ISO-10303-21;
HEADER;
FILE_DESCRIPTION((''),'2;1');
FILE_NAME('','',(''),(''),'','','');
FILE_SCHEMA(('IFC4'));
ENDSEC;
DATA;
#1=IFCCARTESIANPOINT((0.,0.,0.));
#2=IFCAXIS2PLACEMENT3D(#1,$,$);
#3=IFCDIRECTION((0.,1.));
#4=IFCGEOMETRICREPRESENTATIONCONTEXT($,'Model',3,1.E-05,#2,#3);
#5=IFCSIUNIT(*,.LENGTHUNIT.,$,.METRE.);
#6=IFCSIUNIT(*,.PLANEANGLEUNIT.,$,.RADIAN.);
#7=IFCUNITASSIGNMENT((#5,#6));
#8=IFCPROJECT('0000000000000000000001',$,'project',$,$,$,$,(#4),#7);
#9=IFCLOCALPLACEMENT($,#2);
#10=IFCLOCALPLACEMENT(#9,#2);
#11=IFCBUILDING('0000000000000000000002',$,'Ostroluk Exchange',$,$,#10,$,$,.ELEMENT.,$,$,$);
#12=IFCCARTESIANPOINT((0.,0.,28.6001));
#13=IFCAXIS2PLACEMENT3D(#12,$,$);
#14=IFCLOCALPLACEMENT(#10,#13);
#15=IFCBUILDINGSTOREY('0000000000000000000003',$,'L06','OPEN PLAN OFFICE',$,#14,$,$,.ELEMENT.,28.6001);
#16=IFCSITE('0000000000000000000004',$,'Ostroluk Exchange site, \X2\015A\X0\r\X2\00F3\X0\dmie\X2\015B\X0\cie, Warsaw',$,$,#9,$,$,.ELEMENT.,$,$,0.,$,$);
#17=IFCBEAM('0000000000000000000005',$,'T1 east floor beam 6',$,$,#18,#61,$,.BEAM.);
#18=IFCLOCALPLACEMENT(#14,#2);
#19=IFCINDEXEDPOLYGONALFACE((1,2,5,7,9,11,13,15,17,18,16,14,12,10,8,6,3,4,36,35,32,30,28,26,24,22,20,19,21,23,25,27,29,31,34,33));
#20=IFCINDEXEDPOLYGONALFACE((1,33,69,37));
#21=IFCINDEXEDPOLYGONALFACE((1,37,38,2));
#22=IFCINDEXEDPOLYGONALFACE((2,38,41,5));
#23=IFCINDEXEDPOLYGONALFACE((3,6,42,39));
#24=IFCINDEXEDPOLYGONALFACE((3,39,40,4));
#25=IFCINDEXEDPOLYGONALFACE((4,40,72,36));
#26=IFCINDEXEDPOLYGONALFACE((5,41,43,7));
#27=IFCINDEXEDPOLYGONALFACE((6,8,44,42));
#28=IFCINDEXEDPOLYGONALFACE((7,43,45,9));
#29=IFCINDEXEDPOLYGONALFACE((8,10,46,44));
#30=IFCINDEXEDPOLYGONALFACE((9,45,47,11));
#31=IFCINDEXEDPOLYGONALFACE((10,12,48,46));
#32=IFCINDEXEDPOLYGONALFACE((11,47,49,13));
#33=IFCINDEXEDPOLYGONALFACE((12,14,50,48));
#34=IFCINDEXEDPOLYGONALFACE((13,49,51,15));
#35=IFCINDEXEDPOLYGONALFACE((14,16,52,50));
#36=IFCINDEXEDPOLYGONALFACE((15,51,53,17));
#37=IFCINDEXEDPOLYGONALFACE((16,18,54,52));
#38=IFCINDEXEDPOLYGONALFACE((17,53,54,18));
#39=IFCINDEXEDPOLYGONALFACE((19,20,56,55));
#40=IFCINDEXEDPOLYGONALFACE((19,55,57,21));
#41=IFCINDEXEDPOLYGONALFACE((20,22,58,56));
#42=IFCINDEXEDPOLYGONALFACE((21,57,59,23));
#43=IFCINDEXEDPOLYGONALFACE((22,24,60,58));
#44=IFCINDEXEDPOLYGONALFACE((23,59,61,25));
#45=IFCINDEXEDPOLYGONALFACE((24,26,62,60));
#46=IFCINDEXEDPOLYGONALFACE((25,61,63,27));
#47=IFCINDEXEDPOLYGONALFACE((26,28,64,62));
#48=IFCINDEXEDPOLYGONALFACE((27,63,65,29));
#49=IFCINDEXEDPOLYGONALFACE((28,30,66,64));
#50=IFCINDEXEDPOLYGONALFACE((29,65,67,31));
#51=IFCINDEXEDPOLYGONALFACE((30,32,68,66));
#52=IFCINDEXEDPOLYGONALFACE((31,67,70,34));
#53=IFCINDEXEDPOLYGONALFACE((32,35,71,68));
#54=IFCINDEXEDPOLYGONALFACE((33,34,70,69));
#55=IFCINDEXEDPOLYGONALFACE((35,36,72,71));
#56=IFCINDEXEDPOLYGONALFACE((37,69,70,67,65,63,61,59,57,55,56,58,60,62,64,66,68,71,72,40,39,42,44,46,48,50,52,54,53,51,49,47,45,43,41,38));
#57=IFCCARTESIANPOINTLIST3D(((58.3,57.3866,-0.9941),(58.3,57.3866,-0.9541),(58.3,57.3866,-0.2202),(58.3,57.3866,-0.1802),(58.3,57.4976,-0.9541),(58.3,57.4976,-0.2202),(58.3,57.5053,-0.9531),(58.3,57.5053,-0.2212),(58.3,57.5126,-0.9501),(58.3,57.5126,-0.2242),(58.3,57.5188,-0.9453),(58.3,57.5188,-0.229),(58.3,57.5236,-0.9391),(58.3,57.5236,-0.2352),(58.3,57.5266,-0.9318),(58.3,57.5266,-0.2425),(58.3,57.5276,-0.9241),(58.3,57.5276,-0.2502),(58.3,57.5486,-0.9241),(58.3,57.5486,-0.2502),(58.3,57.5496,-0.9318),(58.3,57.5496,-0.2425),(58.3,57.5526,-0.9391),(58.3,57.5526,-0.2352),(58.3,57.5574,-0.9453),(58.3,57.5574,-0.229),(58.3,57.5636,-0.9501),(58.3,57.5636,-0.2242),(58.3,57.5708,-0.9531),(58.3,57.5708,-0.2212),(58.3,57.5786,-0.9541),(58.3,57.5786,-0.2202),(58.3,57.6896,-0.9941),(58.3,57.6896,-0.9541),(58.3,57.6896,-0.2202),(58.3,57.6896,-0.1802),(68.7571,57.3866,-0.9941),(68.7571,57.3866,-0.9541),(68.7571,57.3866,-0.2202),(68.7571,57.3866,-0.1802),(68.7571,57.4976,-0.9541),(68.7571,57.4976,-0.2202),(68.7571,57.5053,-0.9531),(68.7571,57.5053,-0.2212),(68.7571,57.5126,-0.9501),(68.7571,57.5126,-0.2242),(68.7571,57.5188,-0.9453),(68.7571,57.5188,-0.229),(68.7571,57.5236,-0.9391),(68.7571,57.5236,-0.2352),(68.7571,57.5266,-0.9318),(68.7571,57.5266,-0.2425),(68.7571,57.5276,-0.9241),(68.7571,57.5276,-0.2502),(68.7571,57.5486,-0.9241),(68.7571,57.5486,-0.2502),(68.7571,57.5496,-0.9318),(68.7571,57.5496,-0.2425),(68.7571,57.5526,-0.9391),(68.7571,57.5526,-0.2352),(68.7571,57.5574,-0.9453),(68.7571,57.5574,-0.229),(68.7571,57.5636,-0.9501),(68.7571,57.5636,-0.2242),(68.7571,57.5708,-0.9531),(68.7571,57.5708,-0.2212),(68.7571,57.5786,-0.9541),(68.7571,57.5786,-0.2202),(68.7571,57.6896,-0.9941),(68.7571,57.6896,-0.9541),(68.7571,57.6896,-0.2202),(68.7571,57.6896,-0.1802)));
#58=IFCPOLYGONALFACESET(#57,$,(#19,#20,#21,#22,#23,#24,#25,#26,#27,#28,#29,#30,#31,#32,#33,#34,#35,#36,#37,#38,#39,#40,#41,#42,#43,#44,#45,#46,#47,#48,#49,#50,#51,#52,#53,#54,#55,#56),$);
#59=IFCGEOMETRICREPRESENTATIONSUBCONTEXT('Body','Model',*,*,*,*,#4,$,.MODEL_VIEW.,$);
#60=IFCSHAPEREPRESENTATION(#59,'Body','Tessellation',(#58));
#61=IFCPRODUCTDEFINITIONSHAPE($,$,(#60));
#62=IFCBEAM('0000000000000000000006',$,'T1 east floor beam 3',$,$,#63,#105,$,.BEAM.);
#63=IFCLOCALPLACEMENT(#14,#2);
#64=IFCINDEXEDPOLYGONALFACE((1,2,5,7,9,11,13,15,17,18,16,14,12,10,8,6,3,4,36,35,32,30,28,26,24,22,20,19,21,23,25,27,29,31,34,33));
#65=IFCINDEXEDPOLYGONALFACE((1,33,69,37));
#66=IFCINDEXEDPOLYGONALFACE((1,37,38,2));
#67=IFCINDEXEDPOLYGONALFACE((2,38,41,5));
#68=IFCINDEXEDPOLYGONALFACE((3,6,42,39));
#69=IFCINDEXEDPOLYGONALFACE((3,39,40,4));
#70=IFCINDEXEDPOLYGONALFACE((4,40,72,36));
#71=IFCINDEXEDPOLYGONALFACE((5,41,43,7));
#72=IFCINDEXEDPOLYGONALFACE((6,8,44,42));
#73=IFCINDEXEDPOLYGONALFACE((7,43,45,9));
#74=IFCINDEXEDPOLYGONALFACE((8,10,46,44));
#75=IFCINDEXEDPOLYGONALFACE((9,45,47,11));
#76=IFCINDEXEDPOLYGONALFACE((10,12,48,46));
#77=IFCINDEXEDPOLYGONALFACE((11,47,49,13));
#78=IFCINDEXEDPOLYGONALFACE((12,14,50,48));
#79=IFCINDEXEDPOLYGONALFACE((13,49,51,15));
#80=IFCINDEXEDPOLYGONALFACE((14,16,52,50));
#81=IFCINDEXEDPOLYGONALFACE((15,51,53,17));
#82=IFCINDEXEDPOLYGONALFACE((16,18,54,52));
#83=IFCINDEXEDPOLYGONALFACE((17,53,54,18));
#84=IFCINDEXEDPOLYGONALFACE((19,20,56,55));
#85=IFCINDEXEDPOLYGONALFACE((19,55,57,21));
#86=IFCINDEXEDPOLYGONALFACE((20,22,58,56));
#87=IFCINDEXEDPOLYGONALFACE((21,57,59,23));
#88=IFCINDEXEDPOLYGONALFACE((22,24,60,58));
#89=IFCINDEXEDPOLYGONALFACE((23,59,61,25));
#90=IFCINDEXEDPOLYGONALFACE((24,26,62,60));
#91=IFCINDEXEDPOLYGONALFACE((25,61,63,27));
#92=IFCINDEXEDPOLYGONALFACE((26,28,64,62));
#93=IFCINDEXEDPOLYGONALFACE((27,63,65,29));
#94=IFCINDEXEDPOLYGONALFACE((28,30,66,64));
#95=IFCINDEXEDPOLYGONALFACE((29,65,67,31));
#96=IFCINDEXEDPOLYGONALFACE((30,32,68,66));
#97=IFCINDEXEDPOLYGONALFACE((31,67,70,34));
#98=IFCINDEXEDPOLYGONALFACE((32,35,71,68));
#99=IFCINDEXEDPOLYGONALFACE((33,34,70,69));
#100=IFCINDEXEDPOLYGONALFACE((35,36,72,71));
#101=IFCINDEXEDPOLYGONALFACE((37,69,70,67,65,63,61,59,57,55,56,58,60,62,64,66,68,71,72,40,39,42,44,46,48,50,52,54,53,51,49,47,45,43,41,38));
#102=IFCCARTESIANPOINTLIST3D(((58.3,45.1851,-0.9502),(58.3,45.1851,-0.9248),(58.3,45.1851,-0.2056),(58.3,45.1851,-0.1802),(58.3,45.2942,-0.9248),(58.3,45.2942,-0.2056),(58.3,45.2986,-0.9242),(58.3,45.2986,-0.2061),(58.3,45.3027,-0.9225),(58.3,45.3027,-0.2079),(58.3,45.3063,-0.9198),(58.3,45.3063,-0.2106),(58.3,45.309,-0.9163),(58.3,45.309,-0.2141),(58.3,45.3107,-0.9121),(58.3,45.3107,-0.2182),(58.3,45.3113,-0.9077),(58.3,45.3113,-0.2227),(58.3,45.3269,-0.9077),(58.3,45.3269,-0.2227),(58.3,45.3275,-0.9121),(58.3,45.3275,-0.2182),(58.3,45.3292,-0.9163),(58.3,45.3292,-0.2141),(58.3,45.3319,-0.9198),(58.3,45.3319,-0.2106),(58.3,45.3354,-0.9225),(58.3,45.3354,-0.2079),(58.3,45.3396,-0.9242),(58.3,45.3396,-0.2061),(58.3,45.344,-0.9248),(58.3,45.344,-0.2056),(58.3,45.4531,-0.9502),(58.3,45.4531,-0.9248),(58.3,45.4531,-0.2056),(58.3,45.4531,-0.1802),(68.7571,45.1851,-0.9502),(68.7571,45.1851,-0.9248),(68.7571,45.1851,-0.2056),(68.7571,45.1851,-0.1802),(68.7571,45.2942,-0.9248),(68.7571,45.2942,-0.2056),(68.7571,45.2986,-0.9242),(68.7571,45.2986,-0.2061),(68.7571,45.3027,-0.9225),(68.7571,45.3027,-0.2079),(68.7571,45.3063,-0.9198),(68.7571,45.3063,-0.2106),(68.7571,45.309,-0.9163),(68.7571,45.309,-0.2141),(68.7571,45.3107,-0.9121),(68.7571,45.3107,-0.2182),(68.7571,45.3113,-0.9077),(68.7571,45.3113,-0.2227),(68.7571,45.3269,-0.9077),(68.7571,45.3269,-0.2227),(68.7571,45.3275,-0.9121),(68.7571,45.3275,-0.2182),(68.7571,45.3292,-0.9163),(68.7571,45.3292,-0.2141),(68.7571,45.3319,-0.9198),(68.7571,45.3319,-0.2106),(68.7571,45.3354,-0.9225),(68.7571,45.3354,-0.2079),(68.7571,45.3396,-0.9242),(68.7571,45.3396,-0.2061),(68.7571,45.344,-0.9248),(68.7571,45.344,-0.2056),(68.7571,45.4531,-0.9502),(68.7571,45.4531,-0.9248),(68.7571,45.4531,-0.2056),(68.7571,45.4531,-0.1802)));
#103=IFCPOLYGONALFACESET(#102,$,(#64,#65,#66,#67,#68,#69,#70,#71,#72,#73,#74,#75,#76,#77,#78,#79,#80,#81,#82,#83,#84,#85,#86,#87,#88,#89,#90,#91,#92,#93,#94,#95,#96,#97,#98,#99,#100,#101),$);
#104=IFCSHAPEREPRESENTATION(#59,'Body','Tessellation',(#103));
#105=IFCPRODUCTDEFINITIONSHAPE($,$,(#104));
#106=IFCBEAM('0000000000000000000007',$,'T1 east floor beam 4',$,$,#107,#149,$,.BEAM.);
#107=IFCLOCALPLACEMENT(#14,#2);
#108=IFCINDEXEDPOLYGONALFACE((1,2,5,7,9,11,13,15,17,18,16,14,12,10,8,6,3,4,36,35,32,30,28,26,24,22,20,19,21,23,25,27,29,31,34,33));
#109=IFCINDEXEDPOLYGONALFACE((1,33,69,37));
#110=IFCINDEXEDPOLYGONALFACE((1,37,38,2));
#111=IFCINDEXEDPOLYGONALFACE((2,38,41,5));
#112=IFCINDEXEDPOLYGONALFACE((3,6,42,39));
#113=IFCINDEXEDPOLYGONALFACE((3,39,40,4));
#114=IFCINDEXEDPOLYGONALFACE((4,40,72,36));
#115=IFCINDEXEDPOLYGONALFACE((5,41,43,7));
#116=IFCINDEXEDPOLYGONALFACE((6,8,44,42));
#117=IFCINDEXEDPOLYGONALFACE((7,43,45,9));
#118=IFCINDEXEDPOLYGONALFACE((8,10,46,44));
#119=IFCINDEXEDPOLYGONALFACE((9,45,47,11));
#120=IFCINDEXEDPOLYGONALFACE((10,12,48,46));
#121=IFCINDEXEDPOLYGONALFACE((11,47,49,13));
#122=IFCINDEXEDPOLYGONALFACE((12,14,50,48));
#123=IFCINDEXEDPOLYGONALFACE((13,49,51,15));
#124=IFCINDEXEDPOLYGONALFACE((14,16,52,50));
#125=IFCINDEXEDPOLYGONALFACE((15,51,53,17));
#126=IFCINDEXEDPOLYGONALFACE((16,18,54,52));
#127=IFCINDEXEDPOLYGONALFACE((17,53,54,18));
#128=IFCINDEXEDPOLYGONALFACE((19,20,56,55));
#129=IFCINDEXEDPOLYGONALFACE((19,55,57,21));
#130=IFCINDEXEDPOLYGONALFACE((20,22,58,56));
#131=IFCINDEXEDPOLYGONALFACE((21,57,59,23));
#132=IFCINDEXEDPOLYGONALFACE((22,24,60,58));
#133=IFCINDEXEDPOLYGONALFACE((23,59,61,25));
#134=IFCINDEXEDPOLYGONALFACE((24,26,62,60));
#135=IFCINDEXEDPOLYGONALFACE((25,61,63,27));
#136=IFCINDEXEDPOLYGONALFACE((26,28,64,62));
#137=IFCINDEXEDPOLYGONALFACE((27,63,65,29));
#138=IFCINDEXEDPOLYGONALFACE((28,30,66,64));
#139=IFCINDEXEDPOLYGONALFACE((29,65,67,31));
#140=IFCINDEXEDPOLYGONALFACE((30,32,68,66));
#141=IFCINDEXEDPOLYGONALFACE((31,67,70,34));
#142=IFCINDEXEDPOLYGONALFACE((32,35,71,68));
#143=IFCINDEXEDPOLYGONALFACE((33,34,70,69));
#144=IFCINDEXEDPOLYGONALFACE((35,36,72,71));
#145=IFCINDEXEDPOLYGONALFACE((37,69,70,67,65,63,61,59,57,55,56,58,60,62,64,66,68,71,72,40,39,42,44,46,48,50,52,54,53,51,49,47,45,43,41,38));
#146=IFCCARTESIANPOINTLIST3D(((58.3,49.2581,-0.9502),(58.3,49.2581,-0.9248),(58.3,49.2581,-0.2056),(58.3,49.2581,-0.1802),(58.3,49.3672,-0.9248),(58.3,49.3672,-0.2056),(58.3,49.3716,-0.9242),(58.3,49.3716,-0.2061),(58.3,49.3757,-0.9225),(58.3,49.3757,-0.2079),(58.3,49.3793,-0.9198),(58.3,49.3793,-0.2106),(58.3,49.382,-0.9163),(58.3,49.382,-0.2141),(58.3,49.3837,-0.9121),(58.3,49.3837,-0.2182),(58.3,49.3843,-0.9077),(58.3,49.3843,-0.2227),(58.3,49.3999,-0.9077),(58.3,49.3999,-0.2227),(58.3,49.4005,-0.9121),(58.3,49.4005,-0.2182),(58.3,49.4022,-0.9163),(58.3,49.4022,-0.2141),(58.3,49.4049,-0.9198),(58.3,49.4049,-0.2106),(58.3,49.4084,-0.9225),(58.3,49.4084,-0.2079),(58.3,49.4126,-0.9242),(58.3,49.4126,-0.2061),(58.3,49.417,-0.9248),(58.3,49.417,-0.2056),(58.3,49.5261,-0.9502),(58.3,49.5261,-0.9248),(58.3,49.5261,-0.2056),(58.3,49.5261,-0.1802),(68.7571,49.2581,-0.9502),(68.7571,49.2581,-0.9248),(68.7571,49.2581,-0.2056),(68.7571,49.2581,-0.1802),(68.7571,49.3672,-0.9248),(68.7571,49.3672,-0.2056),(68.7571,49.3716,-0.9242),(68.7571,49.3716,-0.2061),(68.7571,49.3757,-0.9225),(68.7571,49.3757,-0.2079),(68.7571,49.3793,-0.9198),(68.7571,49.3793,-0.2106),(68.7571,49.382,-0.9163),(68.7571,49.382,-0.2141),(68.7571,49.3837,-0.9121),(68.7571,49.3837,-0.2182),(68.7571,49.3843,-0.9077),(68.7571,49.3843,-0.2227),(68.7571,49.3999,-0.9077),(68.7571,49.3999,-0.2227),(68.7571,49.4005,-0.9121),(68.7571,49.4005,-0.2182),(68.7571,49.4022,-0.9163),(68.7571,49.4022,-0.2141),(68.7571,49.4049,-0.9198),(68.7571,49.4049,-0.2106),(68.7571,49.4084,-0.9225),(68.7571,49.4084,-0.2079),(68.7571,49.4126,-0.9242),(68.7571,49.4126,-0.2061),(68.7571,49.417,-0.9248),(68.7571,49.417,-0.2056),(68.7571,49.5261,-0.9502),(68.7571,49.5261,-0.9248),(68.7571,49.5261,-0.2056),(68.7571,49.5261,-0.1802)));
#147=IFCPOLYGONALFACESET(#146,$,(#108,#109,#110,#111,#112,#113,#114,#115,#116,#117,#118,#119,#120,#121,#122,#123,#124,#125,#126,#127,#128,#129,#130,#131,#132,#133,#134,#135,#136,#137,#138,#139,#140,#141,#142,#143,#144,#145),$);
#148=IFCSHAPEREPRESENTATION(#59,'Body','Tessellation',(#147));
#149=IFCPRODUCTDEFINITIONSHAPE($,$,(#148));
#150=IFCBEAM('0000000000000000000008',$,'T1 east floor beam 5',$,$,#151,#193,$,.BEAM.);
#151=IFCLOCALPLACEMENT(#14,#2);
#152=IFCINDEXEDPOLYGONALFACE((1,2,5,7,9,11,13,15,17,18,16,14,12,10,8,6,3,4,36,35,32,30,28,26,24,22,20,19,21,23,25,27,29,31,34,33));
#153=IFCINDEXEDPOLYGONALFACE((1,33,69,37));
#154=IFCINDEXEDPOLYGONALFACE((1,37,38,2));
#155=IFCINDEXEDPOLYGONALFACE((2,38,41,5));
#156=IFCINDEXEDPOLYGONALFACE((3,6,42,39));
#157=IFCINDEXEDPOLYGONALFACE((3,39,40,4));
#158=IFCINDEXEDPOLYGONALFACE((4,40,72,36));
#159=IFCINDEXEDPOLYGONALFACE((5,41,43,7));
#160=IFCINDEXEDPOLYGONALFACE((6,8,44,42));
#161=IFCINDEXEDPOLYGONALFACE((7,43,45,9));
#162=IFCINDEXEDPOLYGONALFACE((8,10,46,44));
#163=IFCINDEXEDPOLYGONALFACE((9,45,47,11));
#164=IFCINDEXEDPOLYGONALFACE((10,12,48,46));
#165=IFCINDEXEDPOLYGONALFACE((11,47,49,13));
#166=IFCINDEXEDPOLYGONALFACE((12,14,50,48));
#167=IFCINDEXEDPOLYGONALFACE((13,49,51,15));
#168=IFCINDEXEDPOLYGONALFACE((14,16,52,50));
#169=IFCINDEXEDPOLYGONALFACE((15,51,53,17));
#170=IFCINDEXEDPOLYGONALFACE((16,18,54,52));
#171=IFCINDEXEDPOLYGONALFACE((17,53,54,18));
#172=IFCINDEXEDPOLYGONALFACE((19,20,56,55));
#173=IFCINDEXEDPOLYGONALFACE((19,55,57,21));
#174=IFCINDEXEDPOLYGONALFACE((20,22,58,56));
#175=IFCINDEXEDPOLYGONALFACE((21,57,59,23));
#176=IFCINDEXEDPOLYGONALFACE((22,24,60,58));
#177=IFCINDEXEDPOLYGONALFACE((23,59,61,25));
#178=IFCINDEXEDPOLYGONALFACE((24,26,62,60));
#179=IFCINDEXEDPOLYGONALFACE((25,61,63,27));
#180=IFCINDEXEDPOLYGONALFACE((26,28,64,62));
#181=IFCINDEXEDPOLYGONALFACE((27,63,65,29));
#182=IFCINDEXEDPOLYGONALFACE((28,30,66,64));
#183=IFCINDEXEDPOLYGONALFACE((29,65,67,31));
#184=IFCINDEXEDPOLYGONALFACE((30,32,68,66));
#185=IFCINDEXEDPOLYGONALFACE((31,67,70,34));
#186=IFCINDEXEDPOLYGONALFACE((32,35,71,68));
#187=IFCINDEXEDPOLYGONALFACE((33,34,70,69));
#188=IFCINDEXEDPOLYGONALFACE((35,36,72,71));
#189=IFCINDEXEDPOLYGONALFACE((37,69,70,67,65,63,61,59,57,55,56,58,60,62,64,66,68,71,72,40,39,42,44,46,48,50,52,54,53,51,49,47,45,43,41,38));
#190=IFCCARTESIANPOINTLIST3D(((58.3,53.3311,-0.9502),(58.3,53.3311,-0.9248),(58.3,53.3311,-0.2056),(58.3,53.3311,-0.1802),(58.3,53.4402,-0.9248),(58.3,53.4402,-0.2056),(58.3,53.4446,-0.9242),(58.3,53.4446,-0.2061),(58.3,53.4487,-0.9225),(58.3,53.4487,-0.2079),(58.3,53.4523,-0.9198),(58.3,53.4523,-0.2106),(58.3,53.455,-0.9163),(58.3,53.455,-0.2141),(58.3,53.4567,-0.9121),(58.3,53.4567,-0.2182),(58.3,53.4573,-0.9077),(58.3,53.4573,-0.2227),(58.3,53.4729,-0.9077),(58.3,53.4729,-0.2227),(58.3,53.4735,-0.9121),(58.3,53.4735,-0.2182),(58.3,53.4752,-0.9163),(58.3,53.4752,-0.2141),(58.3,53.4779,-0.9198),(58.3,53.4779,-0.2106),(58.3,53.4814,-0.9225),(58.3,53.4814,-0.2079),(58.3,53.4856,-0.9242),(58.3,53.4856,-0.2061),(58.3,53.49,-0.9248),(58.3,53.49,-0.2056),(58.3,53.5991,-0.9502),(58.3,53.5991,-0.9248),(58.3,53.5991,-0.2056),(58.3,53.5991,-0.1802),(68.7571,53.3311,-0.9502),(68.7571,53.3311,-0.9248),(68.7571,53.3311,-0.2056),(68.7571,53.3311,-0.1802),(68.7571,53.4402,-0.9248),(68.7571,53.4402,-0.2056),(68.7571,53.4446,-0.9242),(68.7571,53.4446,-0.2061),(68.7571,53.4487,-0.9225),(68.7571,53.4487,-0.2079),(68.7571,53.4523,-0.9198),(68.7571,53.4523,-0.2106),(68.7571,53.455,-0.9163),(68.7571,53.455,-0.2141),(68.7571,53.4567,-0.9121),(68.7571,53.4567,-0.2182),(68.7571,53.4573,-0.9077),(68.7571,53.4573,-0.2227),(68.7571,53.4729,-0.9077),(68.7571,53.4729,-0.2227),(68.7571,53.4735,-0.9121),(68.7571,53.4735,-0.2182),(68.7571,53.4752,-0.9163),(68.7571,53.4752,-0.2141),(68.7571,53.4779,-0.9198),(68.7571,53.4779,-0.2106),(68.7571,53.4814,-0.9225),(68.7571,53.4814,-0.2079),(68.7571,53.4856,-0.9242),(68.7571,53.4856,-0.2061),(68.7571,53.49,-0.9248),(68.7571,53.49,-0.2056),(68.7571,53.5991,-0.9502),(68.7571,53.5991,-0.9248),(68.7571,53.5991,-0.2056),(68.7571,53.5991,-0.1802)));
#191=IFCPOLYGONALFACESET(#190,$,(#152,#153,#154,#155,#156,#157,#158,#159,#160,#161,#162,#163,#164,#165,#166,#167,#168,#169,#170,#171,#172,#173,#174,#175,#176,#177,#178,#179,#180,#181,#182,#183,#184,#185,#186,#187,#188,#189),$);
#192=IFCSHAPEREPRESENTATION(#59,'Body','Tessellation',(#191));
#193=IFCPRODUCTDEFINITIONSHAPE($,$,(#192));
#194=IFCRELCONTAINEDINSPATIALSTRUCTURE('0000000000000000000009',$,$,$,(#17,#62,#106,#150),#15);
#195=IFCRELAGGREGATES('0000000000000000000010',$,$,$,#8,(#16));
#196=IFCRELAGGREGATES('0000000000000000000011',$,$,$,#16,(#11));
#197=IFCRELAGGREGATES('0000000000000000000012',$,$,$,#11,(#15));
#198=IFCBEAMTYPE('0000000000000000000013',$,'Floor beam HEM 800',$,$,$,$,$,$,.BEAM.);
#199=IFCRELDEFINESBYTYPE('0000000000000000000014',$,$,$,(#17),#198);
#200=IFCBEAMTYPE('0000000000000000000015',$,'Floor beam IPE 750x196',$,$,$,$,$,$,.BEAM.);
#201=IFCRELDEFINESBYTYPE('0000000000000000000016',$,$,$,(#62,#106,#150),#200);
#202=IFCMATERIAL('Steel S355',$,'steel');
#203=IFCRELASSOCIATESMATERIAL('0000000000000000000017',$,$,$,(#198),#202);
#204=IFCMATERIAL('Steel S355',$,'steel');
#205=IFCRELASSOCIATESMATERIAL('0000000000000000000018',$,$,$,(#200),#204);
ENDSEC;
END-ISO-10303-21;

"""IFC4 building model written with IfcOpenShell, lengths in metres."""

from ifc_helpers import new_model, si_unit, direction, frame, origin, origin_2d, place, context, subcontext, project, spatial, i_section, extrude, material, material_profile, profile_set, type_object, element, save


model = new_model("IFC4")

# Units and contexts
model_context = context("Model", 3, precision=1e-05, world=origin(), true_north=direction((0.0, 1.0)))
body_context = subcontext(model_context, "Body", "Model", "MODEL_VIEW")
ifc_project = project(units=[si_unit("LENGTHUNIT", "METRE"), si_unit("PLANEANGLEUNIT", "RADIAN")], contexts=[model_context])

# Site, building, storey
site_placement = place(None, origin())
site = spatial("IfcSite", under=ifc_project, at=site_placement, Name="Ostroluk Exchange site, Śródmieście, Warsaw", CompositionType="ELEMENT", RefElevation=0.0)
building_placement = place(site_placement, origin())
building = spatial("IfcBuilding", under=site, at=building_placement, Name="Ostroluk Exchange", CompositionType="ELEMENT")
storey_placement = place(building_placement, frame((0.0, 0.0, 28.6001)))
storey = spatial("IfcBuildingStorey", under=building, at=storey_placement, Name="L06", Description="OPEN PLAN OFFICE", CompositionType="ELEMENT", Elevation=28.6001)

# Beams
ifc_material_1 = material(Name="Steel S355", Category="steel")
ifc_material_profile_1 = material_profile(ifc_material_1, i_section(OverallWidth=0.303, OverallDepth=0.814, WebThickness=0.021, FlangeThickness=0.04, FilletRadius=0.03, at=origin_2d()), Name="HEM 800")
ifc_profile_set_1 = profile_set([ifc_material_profile_1], Name="Steel S355")
beam_type_1 = type_object("IfcBeamType", Name="Floor beam HEM 800", PredefinedType="BEAM", material=ifc_profile_set_1)
beam_1_placement = place(storey_placement, frame((58.3, 57.5381, -0.5872), z_axis=(1.0, 0.0, 0.0), x_axis=(0.0, 1.0, 0.0)))
element("IfcBeam", 1, at=beam_1_placement, inside=storey, type_object=beam_type_1, Name="T1 east floor beam 6", PredefinedType="BEAM", context=body_context, shape_type="SweptSolid", body=[
    extrude(i_section(OverallWidth=0.303, OverallDepth=0.814, WebThickness=0.021, FlangeThickness=0.04, FilletRadius=0.03, at=origin_2d()), origin(), (0.0, 0.0, 1.0), 10.457),
])
ifc_material_2 = material(Name="Steel S355", Category="steel")
ifc_material_profile_2 = material_profile(ifc_material_2, i_section(OverallWidth=0.2681, OverallDepth=0.77, WebThickness=0.0156, FlangeThickness=0.0254, FilletRadius=0.0171, at=origin_2d()), Name="IPE 750x196")
ifc_profile_set_2 = profile_set([ifc_material_profile_2], Name="Steel S355")
beam_type_2 = type_object("IfcBeamType", Name="Floor beam IPE 750x196", PredefinedType="BEAM", material=ifc_profile_set_2)
for number, where, z_axis, x_axis, name in (
    (2, (58.3, 45.3191, -0.5652), (1.0, 0.0, 0.0), (0.0, 1.0, 0.0), "T1 east floor beam 3"),
    (3, (58.3, 49.3921, -0.5652), (1.0, 0.0, 0.0), (0.0, 1.0, 0.0), "T1 east floor beam 4"),
    (4, (58.3, 53.4651, -0.5652), (1.0, 0.0, 0.0), (0.0, 1.0, 0.0), "T1 east floor beam 5"),
):
    element("IfcBeam", number, at=place(storey_placement, frame(where, z_axis=z_axis, x_axis=x_axis)), inside=storey, type_object=beam_type_2, Name=name, PredefinedType="BEAM", context=body_context, shape_type="SweptSolid", body=[
        extrude(i_section(OverallWidth=0.2681, OverallDepth=0.77, WebThickness=0.0156, FlangeThickness=0.0254, FilletRadius=0.0171, at=origin_2d()), origin(), (0.0, 0.0, 1.0), 10.457),
    ])

save(model, "model.ifc")
